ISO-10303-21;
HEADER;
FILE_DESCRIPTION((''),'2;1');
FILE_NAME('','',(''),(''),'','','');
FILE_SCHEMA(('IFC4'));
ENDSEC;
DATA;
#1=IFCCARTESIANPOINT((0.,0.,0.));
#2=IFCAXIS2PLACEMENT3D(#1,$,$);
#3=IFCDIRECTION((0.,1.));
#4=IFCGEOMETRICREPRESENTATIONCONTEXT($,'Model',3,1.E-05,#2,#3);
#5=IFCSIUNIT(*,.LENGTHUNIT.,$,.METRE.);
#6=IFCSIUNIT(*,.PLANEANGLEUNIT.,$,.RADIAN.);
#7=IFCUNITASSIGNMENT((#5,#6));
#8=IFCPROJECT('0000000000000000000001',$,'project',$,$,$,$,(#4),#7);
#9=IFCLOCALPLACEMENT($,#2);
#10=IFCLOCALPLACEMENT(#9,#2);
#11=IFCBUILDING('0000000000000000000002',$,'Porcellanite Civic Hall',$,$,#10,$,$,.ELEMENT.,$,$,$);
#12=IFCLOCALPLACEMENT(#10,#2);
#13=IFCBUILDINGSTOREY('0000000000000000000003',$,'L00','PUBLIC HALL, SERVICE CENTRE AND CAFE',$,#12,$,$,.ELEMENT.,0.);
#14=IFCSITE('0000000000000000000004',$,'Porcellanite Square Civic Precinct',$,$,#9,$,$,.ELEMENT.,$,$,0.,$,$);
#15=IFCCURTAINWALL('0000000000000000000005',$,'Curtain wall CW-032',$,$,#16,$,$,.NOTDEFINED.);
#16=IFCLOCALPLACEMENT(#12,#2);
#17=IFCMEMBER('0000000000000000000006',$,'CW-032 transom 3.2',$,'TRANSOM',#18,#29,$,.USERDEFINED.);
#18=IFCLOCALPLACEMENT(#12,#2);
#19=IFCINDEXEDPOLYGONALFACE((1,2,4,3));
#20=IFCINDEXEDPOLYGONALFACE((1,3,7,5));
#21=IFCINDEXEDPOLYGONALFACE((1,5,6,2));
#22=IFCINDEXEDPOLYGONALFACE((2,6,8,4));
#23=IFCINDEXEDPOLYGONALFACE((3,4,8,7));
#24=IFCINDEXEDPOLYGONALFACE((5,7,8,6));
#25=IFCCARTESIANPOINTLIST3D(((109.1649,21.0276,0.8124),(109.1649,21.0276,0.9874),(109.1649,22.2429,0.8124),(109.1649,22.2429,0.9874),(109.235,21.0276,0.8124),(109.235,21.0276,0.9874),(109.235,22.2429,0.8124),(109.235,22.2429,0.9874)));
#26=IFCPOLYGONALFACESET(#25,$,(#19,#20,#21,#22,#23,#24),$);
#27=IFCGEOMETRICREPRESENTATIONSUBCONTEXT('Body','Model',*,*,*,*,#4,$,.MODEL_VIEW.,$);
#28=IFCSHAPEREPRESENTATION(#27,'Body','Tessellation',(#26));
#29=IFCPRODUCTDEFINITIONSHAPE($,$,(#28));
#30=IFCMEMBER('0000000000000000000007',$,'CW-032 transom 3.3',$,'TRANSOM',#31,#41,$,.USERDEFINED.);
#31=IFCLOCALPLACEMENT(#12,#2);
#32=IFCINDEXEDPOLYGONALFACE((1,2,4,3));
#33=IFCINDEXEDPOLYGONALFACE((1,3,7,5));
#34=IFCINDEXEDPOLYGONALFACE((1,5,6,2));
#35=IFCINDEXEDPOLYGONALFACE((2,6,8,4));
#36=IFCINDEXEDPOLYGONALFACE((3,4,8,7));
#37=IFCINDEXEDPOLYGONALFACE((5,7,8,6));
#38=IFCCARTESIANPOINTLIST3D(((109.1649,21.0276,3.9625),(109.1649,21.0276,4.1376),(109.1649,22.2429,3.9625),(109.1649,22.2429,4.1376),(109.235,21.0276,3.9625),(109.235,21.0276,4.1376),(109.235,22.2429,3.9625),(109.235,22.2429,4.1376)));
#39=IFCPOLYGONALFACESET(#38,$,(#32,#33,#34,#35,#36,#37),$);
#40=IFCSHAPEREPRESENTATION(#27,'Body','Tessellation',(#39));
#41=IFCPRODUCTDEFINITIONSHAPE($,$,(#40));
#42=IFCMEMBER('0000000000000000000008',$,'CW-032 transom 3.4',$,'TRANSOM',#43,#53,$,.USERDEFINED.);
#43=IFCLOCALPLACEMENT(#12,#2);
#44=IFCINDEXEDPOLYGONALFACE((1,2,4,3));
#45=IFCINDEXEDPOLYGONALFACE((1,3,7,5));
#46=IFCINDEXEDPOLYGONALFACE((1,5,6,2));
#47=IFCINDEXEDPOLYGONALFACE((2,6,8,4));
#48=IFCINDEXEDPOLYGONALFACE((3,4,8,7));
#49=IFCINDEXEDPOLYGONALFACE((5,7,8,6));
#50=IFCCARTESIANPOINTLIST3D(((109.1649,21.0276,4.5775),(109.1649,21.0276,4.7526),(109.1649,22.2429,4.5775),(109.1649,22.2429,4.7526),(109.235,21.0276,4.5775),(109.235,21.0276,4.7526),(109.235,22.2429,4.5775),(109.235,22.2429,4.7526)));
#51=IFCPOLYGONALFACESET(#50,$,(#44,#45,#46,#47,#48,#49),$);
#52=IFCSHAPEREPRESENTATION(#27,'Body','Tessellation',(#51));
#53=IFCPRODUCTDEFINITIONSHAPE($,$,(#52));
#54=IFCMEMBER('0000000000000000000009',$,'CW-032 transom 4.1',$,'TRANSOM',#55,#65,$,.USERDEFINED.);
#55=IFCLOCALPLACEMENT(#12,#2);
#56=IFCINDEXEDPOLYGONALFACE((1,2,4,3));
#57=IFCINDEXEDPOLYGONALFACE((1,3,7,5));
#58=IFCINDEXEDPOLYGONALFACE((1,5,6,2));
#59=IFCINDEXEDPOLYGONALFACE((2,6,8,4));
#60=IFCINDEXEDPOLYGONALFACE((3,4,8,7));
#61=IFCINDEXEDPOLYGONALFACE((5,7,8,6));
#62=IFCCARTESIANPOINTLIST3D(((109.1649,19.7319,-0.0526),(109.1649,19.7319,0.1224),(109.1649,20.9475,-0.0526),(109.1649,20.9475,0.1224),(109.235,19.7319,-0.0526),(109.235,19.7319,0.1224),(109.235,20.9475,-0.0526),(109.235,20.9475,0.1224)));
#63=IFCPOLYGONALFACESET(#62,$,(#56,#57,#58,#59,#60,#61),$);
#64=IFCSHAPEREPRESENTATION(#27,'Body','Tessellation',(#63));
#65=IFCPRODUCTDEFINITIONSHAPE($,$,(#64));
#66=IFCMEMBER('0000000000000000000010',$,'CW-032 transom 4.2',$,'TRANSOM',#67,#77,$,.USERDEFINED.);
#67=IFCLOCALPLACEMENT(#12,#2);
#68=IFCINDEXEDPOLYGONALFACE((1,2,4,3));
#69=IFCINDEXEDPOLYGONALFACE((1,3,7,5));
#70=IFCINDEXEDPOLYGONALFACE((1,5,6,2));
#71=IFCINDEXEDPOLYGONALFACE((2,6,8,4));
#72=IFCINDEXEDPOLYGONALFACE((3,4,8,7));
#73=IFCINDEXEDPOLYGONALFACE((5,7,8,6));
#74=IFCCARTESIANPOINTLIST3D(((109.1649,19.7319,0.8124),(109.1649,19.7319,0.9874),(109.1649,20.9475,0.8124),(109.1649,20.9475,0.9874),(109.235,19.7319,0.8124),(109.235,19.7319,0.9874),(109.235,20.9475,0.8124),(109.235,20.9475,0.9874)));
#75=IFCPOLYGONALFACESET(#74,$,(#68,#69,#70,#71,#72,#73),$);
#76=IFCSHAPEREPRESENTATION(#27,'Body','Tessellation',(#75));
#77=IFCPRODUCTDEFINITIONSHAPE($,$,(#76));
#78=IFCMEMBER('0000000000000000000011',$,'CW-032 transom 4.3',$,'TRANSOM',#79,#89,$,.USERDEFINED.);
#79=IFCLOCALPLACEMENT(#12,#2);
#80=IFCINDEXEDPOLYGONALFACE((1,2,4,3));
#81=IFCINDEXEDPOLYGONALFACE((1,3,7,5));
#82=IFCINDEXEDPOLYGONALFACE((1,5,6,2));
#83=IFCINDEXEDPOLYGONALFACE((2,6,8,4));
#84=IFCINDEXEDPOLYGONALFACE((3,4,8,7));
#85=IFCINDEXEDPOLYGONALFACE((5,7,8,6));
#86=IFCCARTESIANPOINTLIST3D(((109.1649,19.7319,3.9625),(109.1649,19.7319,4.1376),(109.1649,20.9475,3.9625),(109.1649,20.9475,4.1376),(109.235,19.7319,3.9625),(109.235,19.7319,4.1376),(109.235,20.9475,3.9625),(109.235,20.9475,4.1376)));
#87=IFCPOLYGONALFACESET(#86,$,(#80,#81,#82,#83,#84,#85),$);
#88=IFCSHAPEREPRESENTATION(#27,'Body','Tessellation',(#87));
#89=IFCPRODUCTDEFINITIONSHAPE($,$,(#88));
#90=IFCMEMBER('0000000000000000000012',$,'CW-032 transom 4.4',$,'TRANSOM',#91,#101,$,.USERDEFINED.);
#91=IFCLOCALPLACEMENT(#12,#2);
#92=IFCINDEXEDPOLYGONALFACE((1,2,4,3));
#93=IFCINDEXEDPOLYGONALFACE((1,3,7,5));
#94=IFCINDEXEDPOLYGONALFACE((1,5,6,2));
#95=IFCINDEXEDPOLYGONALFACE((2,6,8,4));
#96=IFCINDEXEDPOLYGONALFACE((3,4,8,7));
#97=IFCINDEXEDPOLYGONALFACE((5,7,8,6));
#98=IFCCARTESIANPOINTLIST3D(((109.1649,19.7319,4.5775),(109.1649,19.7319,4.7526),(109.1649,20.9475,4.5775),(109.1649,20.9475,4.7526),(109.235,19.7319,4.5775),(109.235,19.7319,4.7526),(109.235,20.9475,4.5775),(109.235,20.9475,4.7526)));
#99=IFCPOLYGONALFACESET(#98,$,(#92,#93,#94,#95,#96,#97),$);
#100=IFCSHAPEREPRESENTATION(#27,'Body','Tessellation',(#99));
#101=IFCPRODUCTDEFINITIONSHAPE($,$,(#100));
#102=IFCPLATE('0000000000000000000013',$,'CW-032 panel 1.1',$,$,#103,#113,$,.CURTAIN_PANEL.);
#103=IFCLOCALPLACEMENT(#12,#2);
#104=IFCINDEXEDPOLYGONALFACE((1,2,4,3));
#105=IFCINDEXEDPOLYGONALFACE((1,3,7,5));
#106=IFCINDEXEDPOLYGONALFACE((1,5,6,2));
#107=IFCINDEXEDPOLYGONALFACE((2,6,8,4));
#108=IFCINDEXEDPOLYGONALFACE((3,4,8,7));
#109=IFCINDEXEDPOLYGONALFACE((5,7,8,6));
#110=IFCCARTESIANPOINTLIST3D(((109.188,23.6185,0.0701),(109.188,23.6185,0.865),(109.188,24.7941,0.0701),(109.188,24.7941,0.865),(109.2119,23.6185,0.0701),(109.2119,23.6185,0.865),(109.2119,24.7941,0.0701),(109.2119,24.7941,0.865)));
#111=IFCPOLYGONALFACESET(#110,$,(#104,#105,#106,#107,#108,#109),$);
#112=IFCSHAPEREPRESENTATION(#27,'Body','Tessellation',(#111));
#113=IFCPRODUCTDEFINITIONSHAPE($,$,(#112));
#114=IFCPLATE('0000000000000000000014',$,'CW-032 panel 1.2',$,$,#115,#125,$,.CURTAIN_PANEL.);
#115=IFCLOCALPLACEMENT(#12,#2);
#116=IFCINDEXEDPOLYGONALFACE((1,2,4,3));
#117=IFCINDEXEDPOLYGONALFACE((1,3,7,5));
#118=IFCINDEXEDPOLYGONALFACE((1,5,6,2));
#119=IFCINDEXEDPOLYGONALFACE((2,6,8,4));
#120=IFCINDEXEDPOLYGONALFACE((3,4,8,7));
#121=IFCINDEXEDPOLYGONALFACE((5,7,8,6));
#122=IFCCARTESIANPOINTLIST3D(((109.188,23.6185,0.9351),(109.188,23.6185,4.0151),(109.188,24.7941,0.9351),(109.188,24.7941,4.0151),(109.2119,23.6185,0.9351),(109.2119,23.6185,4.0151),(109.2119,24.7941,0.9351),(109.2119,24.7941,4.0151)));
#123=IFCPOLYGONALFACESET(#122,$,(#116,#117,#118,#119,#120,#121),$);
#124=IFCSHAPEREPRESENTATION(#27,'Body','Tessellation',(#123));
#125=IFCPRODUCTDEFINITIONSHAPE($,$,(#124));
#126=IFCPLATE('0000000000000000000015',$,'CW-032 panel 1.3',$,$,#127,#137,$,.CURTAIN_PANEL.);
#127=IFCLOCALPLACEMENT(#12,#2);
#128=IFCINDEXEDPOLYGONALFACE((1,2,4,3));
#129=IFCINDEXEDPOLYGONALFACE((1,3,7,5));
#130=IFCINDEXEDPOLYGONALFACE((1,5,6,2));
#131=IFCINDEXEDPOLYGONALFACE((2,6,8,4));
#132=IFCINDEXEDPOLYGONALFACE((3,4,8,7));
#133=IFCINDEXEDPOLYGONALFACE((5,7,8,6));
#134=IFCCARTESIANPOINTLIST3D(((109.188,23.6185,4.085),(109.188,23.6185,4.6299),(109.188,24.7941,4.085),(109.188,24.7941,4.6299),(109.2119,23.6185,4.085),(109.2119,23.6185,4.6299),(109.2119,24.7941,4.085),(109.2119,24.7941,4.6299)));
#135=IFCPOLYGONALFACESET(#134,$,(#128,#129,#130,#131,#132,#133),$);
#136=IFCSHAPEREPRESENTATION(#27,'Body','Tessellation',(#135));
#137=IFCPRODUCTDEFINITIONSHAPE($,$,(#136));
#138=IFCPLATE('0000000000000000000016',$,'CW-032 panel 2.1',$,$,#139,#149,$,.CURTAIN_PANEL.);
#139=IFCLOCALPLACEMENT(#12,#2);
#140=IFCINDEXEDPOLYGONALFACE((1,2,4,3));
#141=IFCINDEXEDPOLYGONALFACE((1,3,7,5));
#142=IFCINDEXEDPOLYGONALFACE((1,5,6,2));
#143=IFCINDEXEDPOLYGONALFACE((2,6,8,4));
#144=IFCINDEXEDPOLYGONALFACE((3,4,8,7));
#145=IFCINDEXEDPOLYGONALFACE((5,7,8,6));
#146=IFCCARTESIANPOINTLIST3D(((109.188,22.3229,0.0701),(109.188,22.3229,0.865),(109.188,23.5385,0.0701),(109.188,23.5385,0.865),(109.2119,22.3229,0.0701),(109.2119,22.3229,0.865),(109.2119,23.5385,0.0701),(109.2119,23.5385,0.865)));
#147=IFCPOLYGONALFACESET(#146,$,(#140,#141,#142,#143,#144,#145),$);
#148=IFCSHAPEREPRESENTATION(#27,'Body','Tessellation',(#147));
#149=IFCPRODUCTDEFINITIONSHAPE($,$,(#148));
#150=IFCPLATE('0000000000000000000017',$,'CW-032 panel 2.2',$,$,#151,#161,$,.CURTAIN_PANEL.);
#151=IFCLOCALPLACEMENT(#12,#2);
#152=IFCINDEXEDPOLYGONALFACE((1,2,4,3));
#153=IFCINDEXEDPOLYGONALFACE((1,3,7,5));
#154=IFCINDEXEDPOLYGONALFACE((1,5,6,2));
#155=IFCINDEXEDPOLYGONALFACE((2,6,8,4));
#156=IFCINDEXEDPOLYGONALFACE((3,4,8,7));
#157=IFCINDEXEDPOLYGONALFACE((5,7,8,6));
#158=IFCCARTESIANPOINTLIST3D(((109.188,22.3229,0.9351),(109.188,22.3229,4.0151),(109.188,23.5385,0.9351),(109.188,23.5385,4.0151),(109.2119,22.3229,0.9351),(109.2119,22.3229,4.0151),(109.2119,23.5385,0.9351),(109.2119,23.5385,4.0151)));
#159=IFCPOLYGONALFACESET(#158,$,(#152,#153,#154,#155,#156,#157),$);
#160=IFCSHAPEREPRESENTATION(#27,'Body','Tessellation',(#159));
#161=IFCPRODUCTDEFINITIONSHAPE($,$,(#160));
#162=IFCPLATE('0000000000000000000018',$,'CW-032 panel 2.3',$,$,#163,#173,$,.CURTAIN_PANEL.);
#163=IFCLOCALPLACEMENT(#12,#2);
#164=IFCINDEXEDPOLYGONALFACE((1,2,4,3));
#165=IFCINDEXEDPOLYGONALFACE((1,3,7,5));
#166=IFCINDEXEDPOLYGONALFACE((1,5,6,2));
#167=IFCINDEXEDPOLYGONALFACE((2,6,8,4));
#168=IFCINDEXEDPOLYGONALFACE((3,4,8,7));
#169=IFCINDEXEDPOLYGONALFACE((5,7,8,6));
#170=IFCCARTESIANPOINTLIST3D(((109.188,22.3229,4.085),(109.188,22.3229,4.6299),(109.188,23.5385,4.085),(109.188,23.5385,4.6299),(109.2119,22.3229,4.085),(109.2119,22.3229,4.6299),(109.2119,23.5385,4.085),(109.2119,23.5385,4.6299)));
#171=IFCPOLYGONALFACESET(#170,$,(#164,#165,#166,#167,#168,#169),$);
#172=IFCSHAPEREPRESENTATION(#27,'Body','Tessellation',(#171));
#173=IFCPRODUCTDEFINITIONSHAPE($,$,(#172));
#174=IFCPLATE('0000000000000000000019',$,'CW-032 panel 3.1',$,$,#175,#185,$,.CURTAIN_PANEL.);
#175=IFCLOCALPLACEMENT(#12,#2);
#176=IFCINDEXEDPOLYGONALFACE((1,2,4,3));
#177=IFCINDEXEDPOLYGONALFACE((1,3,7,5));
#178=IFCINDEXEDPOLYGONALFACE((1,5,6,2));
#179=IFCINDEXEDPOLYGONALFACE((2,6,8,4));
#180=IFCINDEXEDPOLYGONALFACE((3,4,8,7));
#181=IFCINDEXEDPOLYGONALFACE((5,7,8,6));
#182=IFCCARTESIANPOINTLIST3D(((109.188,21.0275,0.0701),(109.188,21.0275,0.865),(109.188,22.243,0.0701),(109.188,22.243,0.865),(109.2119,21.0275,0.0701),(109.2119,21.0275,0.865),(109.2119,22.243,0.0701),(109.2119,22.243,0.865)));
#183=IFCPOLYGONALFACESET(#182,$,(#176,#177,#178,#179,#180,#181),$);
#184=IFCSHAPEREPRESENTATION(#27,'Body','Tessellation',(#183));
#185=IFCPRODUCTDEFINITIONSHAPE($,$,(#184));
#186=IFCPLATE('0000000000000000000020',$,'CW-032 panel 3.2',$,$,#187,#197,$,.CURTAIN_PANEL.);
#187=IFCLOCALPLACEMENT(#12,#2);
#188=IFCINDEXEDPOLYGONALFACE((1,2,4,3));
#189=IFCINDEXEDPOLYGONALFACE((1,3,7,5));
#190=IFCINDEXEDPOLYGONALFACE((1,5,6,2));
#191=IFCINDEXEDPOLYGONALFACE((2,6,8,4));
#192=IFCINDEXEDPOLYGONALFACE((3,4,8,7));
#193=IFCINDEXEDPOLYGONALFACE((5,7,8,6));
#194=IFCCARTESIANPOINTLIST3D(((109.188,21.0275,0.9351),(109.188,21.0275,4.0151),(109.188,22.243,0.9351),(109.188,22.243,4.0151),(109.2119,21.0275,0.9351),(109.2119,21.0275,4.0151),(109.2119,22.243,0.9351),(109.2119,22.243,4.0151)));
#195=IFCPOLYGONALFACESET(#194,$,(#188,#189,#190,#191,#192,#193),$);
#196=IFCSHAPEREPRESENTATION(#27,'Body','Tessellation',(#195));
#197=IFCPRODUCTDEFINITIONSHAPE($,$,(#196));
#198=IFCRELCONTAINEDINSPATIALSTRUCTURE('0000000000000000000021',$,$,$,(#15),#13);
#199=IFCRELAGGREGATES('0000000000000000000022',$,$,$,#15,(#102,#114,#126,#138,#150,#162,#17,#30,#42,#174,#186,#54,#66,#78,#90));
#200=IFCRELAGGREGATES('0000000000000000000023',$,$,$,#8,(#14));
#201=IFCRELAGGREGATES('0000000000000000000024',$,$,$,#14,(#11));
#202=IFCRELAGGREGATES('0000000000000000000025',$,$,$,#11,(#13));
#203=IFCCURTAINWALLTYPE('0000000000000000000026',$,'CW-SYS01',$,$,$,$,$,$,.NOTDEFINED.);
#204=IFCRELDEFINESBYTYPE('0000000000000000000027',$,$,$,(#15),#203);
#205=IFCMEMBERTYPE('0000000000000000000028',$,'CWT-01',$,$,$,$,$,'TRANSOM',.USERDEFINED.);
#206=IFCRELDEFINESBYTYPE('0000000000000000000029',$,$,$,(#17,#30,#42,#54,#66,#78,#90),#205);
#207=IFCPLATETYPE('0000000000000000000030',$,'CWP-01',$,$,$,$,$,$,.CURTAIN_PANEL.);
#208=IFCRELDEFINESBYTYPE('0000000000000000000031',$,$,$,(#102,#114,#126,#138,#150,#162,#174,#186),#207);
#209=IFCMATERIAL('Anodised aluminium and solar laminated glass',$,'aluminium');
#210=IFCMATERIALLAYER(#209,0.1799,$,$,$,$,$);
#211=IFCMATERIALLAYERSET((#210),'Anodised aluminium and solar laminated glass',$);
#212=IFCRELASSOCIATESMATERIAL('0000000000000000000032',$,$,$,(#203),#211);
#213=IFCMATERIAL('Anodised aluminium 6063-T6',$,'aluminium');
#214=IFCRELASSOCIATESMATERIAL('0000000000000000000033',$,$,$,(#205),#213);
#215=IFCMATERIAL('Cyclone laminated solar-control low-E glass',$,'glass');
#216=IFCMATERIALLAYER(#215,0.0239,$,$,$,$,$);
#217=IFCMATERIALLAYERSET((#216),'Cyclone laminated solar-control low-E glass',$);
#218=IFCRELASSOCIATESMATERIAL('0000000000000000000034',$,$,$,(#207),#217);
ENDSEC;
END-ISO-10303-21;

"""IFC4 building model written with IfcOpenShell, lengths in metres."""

from ifc_helpers import new_model, si_unit, direction, frame, origin, origin_2d, place, context, subcontext, project, spatial, rectangle, extrude, material, layer, layer_set, material_profile, profile_set, type_object, element, aggregate, save


model = new_model("IFC4")

# Units and contexts
model_context = context("Model", 3, precision=1e-05, world=origin(), true_north=direction((0.0, 1.0)))
body_context = subcontext(model_context, "Body", "Model", "MODEL_VIEW")
ifc_project = project(units=[si_unit("LENGTHUNIT", "METRE"), si_unit("PLANEANGLEUNIT", "RADIAN")], contexts=[model_context])

# Site, building, storey
site_placement = place(None, origin())
site = spatial("IfcSite", under=ifc_project, at=site_placement, Name="Porcellanite Square Civic Precinct", CompositionType="ELEMENT", RefElevation=0.0)
building_placement = place(site_placement, origin())
building = spatial("IfcBuilding", under=site, at=building_placement, Name="Porcellanite Civic Hall", CompositionType="ELEMENT")
storey_placement = place(building_placement, origin())
storey = spatial("IfcBuildingStorey", under=building, at=storey_placement, Name="L00", Description="PUBLIC HALL, SERVICE CENTRE AND CAFE", CompositionType="ELEMENT", Elevation=0.0)

# Curtain wall, members, plates
ifc_material_1 = material(Name="Anodised aluminium and solar laminated glass", Category="aluminium")
ifc_layer_1 = layer(ifc_material_1, 0.1799)
ifc_layer_set_1 = layer_set([ifc_layer_1], Name="Anodised aluminium and solar laminated glass")
curtain_wall_type = type_object("IfcCurtainWallType", Name="CW-SYS01", PredefinedType="NOTDEFINED", material=ifc_layer_set_1)
curtain_wall_placement = place(storey_placement, origin())
curtain_wall = element("IfcCurtainWall", 1, at=curtain_wall_placement, inside=storey, type_object=curtain_wall_type, Name="Curtain wall CW-032", PredefinedType="NOTDEFINED")
ifc_material_2 = material(Name="Anodised aluminium 6063-T6", Category="aluminium")
ifc_material_profile_1 = material_profile(ifc_material_2, rectangle(XDim=0.0701, YDim=0.175, at=origin_2d()), Name="AL-70x175")
ifc_profile_set_1 = profile_set([ifc_material_profile_1], Name="Anodised aluminium 6063-T6")
member_type_1 = type_object("IfcMemberType", Name="CWT-01", ElementType="TRANSOM", PredefinedType="USERDEFINED", material=ifc_profile_set_1)
member_1_placement = place(storey_placement, frame((109.2, 22.2429, 0.8999), z_axis=(0.0, -1.0, 0.0), x_axis=(1.0, 0.0, 0.0)))
member_1 = element("IfcMember", 2, at=member_1_placement, type_object=member_type_1, Name="CW-032 transom 3.2", ObjectType="TRANSOM", PredefinedType="USERDEFINED", context=body_context, shape_type="SweptSolid", body=[
    extrude(rectangle(XDim=0.0701, YDim=0.175, at=origin_2d()), origin(), (0.0, 0.0, 1.0), 1.2153),
])
member_2_placement = place(storey_placement, frame((109.2, 22.2429, 4.05), z_axis=(0.0, -1.0, 0.0), x_axis=(1.0, 0.0, 0.0)))
member_2 = element("IfcMember", 3, at=member_2_placement, type_object=member_type_1, Name="CW-032 transom 3.3", ObjectType="TRANSOM", PredefinedType="USERDEFINED", context=body_context, shape_type="SweptSolid", body=[
    extrude(rectangle(XDim=0.0701, YDim=0.175, at=origin_2d()), origin(), (0.0, 0.0, 1.0), 1.2153),
])
member_3_placement = place(storey_placement, frame((109.2, 22.2429, 4.665), z_axis=(0.0, -1.0, 0.0), x_axis=(1.0, 0.0, 0.0)))
member_3 = element("IfcMember", 4, at=member_3_placement, type_object=member_type_1, Name="CW-032 transom 3.4", ObjectType="TRANSOM", PredefinedType="USERDEFINED", context=body_context, shape_type="SweptSolid", body=[
    extrude(rectangle(XDim=0.0701, YDim=0.175, at=origin_2d()), origin(), (0.0, 0.0, 1.0), 1.2153),
])
member_4_placement = place(storey_placement, frame((109.2, 20.9475, 0.0349), z_axis=(0.0, -1.0, 0.0), x_axis=(1.0, 0.0, 0.0)))
member_4 = element("IfcMember", 5, at=member_4_placement, type_object=member_type_1, Name="CW-032 transom 4.1", ObjectType="TRANSOM", PredefinedType="USERDEFINED", context=body_context, shape_type="SweptSolid", body=[
    extrude(rectangle(XDim=0.0701, YDim=0.175, at=origin_2d()), origin(), (0.0, 0.0, 1.0), 1.2156),
])
member_5_placement = place(storey_placement, frame((109.2, 20.9475, 0.8999), z_axis=(0.0, -1.0, 0.0), x_axis=(1.0, 0.0, 0.0)))
member_5 = element("IfcMember", 6, at=member_5_placement, type_object=member_type_1, Name="CW-032 transom 4.2", ObjectType="TRANSOM", PredefinedType="USERDEFINED", context=body_context, shape_type="SweptSolid", body=[
    extrude(rectangle(XDim=0.0701, YDim=0.175, at=origin_2d()), origin(), (0.0, 0.0, 1.0), 1.2156),
])
member_6_placement = place(storey_placement, frame((109.2, 20.9475, 4.05), z_axis=(0.0, -1.0, 0.0), x_axis=(1.0, 0.0, 0.0)))
member_6 = element("IfcMember", 7, at=member_6_placement, type_object=member_type_1, Name="CW-032 transom 4.3", ObjectType="TRANSOM", PredefinedType="USERDEFINED", context=body_context, shape_type="SweptSolid", body=[
    extrude(rectangle(XDim=0.0701, YDim=0.175, at=origin_2d()), origin(), (0.0, 0.0, 1.0), 1.2156),
])
member_7_placement = place(storey_placement, frame((109.2, 20.9475, 4.665), z_axis=(0.0, -1.0, 0.0), x_axis=(1.0, 0.0, 0.0)))
member_7 = element("IfcMember", 8, at=member_7_placement, type_object=member_type_1, Name="CW-032 transom 4.4", ObjectType="TRANSOM", PredefinedType="USERDEFINED", context=body_context, shape_type="SweptSolid", body=[
    extrude(rectangle(XDim=0.0701, YDim=0.175, at=origin_2d()), origin(), (0.0, 0.0, 1.0), 1.2156),
])
ifc_material_3 = material(Name="Cyclone laminated solar-control low-E glass", Category="glass")
ifc_layer_2 = layer(ifc_material_3, 0.0239)
ifc_layer_set_2 = layer_set([ifc_layer_2], Name="Cyclone laminated solar-control low-E glass")
plate_type = type_object("IfcPlateType", Name="CWP-01", PredefinedType="CURTAIN_PANEL", material=ifc_layer_set_2)
plate_1_placement = place(storey_placement, frame((109.2, 24.2063, 0.0701), z_axis=(0.0, 0.0, 1.0), x_axis=(0.0, -1.0, 0.0)))
plate_1 = element("IfcPlate", 9, at=plate_1_placement, type_object=plate_type, Name="CW-032 panel 1.1", PredefinedType="CURTAIN_PANEL", context=body_context, shape_type="SweptSolid", body=[
    extrude(rectangle(XDim=1.1755, YDim=0.0239, at=origin_2d()), origin(), (0.0, 0.0, 1.0), 0.7949),
])
plate_2_placement = place(storey_placement, frame((109.2, 24.2063, 0.9351), z_axis=(0.0, 0.0, 1.0), x_axis=(0.0, -1.0, 0.0)))
plate_2 = element("IfcPlate", 10, at=plate_2_placement, type_object=plate_type, Name="CW-032 panel 1.2", PredefinedType="CURTAIN_PANEL", context=body_context, shape_type="SweptSolid", body=[
    extrude(rectangle(XDim=1.1755, YDim=0.0239, at=origin_2d()), origin(), (0.0, 0.0, 1.0), 3.0801),
])
plate_3_placement = place(storey_placement, frame((109.2, 24.2063, 4.085), z_axis=(0.0, 0.0, 1.0), x_axis=(0.0, -1.0, 0.0)))
plate_3 = element("IfcPlate", 11, at=plate_3_placement, type_object=plate_type, Name="CW-032 panel 1.3", PredefinedType="CURTAIN_PANEL", context=body_context, shape_type="SweptSolid", body=[
    extrude(rectangle(XDim=1.1755, YDim=0.0239, at=origin_2d()), origin(), (0.0, 0.0, 1.0), 0.5449),
])
plate_4_placement = place(storey_placement, frame((109.2, 22.9307, 0.0701), z_axis=(0.0, 0.0, 1.0), x_axis=(0.0, -1.0, 0.0)))
plate_4 = element("IfcPlate", 12, at=plate_4_placement, type_object=plate_type, Name="CW-032 panel 2.1", PredefinedType="CURTAIN_PANEL", context=body_context, shape_type="SweptSolid", body=[
    extrude(rectangle(XDim=1.2156, YDim=0.0239, at=origin_2d()), origin(), (0.0, 0.0, 1.0), 0.7949),
])
plate_5_placement = place(storey_placement, frame((109.2, 22.9307, 0.9351), z_axis=(0.0, 0.0, 1.0), x_axis=(0.0, -1.0, 0.0)))
plate_5 = element("IfcPlate", 13, at=plate_5_placement, type_object=plate_type, Name="CW-032 panel 2.2", PredefinedType="CURTAIN_PANEL", context=body_context, shape_type="SweptSolid", body=[
    extrude(rectangle(XDim=1.2156, YDim=0.0239, at=origin_2d()), origin(), (0.0, 0.0, 1.0), 3.0801),
])
plate_6_placement = place(storey_placement, frame((109.2, 22.9307, 4.085), z_axis=(0.0, 0.0, 1.0), x_axis=(0.0, -1.0, 0.0)))
plate_6 = element("IfcPlate", 14, at=plate_6_placement, type_object=plate_type, Name="CW-032 panel 2.3", PredefinedType="CURTAIN_PANEL", context=body_context, shape_type="SweptSolid", body=[
    extrude(rectangle(XDim=1.2156, YDim=0.0239, at=origin_2d()), origin(), (0.0, 0.0, 1.0), 0.5449),
])
plate_7_placement = place(storey_placement, frame((109.2, 21.6353, 0.0701), z_axis=(0.0, 0.0, 1.0), x_axis=(0.0, -1.0, 0.0)))
plate_7 = element("IfcPlate", 15, at=plate_7_placement, type_object=plate_type, Name="CW-032 panel 3.1", PredefinedType="CURTAIN_PANEL", context=body_context, shape_type="SweptSolid", body=[
    extrude(rectangle(XDim=1.2156, YDim=0.0239, at=origin_2d()), origin(), (0.0, 0.0, 1.0), 0.7949),
])
plate_8_placement = place(storey_placement, frame((109.2, 21.6353, 0.9351), z_axis=(0.0, 0.0, 1.0), x_axis=(0.0, -1.0, 0.0)))
plate_8 = element("IfcPlate", 16, at=plate_8_placement, type_object=plate_type, Name="CW-032 panel 3.2", PredefinedType="CURTAIN_PANEL", context=body_context, shape_type="SweptSolid", body=[
    extrude(rectangle(XDim=1.2156, YDim=0.0239, at=origin_2d()), origin(), (0.0, 0.0, 1.0), 3.0801),
])
aggregate(curtain_wall, [plate_1, plate_2, plate_3, plate_4, plate_5, plate_6, member_1, member_2, member_3, plate_7, plate_8, member_4, member_5, member_6, member_7])

save(model, "model.ifc")
